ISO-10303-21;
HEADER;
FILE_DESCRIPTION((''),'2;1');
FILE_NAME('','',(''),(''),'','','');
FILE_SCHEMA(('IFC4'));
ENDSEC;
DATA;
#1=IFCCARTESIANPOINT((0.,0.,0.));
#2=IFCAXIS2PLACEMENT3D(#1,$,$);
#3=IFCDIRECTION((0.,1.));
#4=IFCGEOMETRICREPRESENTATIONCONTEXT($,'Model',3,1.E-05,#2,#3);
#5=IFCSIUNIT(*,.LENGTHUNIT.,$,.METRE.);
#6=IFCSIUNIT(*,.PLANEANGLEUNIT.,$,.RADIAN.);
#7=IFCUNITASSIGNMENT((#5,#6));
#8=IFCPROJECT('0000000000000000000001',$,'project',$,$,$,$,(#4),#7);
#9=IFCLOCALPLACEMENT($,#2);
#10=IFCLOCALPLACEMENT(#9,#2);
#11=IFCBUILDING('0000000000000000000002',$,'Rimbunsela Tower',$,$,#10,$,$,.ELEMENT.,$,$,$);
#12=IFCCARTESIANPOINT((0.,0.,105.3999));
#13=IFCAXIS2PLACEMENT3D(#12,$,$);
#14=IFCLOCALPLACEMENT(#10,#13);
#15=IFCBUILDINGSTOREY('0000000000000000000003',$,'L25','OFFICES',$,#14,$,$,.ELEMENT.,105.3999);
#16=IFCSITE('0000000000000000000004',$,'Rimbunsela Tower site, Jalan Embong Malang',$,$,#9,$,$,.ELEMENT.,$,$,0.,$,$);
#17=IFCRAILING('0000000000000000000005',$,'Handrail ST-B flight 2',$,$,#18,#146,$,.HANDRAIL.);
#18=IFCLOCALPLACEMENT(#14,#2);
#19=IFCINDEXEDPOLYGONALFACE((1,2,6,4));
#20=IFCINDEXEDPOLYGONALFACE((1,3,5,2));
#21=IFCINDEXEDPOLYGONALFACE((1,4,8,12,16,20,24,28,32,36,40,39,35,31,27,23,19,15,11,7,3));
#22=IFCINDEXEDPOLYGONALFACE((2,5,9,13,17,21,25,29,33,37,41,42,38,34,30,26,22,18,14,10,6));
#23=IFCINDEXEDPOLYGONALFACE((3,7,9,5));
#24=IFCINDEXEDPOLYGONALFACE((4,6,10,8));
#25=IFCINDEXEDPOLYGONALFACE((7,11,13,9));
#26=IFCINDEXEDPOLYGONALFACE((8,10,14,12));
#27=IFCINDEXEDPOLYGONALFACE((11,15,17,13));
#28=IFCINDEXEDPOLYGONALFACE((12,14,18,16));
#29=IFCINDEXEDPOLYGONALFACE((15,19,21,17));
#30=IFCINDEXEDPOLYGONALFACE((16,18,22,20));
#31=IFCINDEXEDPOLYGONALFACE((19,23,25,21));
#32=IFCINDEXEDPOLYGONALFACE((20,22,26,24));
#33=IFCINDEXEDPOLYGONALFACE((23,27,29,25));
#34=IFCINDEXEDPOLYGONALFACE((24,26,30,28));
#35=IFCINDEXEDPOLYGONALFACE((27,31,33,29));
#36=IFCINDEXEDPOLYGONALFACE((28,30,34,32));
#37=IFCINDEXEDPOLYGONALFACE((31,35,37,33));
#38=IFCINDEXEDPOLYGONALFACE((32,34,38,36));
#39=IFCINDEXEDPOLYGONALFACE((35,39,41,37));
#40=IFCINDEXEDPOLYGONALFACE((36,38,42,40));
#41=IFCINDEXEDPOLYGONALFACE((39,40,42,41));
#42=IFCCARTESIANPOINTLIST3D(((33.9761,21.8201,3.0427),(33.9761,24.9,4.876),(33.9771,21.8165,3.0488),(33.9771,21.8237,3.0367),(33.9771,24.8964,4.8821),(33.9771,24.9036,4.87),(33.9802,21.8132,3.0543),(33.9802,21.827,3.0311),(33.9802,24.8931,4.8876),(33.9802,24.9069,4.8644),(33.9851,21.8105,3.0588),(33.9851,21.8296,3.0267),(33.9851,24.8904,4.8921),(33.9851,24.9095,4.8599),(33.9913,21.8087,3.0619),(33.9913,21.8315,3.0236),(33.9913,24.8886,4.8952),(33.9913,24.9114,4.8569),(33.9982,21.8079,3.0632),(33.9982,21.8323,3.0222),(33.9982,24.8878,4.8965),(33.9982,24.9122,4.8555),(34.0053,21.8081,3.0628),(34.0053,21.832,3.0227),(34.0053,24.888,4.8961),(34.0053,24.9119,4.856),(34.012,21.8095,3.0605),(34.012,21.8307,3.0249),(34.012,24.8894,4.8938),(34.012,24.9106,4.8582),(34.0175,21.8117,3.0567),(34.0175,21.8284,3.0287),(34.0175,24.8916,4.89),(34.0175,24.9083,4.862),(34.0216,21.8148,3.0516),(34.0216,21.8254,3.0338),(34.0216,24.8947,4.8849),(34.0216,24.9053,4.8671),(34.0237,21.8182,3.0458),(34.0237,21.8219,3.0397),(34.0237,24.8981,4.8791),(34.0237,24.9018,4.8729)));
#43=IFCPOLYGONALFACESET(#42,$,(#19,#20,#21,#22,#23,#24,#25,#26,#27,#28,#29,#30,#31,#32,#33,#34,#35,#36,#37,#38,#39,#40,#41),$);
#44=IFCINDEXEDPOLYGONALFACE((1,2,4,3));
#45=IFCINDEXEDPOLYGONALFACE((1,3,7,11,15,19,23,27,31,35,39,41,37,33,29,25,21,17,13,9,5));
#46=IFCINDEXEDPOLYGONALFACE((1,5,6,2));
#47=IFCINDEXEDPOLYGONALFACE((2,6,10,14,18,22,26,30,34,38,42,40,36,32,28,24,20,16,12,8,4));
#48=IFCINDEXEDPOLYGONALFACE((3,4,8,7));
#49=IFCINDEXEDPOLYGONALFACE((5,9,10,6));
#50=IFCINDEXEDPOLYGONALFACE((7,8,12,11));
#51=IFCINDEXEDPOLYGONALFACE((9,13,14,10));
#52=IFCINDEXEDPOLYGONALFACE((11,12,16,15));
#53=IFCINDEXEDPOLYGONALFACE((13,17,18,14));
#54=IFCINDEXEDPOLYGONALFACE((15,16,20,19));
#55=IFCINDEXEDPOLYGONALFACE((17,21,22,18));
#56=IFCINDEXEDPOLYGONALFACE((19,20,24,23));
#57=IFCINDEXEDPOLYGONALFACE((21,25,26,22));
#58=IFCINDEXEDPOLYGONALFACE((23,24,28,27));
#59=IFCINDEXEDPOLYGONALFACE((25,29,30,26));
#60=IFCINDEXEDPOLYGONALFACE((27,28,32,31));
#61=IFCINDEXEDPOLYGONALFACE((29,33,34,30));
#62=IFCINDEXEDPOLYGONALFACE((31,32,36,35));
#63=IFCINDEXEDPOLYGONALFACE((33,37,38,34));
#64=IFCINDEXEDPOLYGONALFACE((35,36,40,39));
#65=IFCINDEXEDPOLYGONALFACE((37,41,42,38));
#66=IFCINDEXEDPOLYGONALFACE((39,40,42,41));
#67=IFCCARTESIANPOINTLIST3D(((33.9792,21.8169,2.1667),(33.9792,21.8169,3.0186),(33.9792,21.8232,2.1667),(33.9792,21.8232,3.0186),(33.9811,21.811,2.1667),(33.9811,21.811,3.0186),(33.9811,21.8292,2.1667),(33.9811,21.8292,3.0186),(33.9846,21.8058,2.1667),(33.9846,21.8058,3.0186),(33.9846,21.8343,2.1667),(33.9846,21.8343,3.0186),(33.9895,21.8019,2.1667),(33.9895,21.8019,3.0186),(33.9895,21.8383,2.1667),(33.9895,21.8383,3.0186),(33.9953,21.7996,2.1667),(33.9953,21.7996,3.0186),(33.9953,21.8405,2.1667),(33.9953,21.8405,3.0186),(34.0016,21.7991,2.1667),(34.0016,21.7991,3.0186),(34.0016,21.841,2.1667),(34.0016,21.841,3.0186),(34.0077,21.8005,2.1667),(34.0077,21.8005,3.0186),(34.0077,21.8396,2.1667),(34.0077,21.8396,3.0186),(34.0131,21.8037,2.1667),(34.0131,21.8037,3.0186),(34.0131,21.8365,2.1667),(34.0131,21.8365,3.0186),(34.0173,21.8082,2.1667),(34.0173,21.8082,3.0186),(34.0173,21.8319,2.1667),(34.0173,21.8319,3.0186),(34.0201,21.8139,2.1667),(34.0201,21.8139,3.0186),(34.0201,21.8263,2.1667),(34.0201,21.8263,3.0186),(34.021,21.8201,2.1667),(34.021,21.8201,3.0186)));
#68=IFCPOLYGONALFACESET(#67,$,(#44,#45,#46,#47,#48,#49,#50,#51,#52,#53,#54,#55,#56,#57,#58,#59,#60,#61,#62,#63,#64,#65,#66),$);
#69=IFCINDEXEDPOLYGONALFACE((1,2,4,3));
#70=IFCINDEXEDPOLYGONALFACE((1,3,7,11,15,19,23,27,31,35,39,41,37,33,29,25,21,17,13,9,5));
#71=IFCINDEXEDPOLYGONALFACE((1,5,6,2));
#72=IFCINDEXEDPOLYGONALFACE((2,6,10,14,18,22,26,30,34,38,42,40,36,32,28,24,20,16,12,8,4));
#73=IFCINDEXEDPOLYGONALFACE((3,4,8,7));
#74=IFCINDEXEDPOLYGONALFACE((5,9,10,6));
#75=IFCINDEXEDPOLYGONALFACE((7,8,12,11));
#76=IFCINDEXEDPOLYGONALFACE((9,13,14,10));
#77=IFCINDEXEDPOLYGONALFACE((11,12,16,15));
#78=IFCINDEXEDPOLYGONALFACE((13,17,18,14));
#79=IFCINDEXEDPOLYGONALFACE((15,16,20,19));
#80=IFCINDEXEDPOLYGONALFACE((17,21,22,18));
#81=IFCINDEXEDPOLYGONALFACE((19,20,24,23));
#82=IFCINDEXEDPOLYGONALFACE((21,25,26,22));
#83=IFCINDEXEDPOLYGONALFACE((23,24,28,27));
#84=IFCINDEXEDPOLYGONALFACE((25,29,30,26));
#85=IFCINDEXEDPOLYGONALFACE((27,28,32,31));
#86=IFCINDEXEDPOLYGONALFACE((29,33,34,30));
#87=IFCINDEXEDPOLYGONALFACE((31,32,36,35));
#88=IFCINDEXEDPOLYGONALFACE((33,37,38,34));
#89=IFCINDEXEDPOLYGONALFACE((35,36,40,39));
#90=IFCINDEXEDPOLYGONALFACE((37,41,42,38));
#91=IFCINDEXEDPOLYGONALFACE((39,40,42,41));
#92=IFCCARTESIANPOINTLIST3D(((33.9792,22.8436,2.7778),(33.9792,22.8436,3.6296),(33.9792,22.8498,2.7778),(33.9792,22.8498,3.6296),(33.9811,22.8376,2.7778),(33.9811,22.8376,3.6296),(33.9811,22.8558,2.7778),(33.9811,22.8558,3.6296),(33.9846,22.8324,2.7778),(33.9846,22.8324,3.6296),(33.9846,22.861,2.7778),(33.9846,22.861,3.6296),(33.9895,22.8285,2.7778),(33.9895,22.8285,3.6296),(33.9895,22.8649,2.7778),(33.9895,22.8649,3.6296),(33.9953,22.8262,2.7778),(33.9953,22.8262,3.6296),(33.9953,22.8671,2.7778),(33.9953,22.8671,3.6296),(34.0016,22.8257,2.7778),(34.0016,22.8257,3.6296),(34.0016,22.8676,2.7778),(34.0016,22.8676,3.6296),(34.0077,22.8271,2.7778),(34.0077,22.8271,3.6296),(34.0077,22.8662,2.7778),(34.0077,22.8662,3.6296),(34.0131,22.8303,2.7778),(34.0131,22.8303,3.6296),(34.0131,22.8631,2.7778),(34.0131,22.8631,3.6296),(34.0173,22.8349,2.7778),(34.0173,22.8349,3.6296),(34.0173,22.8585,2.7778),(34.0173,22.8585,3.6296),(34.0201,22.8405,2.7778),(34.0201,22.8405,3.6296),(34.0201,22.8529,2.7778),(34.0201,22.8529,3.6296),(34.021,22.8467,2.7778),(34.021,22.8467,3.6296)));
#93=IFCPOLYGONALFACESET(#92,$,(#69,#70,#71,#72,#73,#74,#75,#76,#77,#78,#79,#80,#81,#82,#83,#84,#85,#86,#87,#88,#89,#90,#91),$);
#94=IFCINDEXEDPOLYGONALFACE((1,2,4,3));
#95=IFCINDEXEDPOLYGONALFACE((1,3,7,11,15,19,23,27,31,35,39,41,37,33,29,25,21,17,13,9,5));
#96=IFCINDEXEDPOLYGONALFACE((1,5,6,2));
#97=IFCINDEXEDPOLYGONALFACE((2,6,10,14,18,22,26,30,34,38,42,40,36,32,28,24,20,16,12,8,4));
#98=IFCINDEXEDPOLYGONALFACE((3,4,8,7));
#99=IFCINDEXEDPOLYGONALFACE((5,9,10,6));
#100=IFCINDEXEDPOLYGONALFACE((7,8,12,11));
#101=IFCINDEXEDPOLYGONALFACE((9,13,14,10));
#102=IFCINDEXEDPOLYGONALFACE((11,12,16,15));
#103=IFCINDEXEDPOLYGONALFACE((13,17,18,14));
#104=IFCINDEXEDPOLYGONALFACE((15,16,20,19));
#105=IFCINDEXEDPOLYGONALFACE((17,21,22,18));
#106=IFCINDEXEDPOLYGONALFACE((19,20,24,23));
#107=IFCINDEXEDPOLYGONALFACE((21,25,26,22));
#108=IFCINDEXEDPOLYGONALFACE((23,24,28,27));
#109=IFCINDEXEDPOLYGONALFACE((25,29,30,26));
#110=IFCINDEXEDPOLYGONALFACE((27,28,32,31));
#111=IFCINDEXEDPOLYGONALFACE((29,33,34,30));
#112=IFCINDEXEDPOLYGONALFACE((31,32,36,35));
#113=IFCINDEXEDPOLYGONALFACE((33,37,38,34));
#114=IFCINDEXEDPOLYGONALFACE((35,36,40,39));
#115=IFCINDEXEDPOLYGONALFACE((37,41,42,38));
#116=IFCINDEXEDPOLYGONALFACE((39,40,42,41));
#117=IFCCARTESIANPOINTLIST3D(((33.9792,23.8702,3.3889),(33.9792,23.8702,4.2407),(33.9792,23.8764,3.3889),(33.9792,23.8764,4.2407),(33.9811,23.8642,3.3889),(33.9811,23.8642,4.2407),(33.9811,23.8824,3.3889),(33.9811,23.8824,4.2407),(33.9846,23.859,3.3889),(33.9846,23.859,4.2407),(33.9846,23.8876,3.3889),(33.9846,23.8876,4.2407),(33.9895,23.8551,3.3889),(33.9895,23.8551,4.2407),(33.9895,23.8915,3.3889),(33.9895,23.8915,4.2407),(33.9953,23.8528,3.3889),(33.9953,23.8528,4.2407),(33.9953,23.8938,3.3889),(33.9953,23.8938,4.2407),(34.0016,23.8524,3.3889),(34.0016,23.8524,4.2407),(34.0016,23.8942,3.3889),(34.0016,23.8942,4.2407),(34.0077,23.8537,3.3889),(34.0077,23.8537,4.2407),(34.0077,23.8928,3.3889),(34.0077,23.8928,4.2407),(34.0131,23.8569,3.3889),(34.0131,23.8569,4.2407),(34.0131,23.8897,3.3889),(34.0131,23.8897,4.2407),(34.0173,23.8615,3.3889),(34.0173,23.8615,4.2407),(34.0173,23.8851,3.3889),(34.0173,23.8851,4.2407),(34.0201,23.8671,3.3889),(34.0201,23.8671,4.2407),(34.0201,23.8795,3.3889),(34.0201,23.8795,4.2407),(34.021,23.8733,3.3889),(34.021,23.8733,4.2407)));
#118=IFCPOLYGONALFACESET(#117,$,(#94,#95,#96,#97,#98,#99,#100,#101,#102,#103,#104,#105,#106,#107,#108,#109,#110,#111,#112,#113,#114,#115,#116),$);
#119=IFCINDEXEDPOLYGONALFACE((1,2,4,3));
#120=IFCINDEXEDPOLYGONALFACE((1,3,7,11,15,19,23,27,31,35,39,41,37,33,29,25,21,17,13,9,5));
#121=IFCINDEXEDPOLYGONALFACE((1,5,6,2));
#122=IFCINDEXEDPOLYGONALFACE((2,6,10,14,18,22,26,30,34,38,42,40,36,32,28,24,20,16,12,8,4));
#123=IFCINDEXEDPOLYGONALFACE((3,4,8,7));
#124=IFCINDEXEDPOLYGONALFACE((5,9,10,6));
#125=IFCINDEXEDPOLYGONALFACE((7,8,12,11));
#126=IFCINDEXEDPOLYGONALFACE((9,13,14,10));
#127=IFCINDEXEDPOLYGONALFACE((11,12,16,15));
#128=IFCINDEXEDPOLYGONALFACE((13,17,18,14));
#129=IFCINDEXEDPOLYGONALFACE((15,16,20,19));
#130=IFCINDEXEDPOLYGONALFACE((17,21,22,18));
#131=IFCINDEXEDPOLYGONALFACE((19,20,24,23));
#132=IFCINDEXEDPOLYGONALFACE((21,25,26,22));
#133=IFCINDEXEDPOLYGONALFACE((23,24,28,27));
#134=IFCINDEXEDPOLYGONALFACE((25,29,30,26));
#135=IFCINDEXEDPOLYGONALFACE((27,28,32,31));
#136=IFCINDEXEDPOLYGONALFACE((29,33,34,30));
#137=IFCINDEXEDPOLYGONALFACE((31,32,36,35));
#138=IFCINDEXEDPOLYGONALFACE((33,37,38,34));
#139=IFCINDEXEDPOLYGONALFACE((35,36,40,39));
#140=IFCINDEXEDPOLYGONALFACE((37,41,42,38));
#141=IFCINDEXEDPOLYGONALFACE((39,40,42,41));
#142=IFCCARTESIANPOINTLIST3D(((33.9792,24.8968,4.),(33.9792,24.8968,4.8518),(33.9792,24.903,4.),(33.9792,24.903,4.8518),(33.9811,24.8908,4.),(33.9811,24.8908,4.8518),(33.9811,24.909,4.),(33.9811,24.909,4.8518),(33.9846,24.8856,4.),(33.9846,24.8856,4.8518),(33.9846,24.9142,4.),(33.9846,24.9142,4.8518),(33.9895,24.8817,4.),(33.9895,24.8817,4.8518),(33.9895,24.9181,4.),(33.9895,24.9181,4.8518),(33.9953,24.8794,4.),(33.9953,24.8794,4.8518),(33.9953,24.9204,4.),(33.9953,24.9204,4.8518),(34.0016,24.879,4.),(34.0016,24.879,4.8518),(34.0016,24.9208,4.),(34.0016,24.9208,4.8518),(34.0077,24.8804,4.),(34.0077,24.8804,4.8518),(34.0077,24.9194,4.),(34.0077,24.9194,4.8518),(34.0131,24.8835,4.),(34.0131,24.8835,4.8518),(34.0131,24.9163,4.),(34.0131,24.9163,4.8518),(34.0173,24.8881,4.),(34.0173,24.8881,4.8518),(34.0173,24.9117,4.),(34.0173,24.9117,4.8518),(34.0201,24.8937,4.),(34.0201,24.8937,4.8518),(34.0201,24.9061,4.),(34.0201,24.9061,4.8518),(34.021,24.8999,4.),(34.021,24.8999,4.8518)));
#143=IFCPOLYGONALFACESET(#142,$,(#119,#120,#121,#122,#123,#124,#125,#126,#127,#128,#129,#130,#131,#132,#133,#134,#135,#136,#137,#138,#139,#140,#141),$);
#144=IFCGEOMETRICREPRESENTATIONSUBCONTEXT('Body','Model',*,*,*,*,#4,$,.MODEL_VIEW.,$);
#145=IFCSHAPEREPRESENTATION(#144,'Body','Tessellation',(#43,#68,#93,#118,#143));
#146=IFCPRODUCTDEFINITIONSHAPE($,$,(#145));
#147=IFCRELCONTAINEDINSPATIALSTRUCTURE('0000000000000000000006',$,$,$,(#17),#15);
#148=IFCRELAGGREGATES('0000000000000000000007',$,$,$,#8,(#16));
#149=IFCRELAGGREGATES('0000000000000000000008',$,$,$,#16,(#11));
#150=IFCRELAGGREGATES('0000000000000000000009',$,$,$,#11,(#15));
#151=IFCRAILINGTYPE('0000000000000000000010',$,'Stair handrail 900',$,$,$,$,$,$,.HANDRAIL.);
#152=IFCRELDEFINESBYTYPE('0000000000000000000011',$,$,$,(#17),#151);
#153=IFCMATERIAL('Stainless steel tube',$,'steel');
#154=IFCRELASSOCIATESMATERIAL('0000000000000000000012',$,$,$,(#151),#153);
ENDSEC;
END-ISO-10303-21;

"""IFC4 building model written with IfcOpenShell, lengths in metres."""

from ifc_helpers import new_model, si_unit, direction, frame, origin, origin_2d, place, context, subcontext, project, spatial, circle, extrude, material, type_object, element, save


model = new_model("IFC4")

# Units and contexts
model_context = context("Model", 3, precision=1e-05, world=origin(), true_north=direction((0.0, 1.0)))
body_context = subcontext(model_context, "Body", "Model", "MODEL_VIEW")
ifc_project = project(units=[si_unit("LENGTHUNIT", "METRE"), si_unit("PLANEANGLEUNIT", "RADIAN")], contexts=[model_context])

# Site, building, storey
site_placement = place(None, origin())
site = spatial("IfcSite", under=ifc_project, at=site_placement, Name="Rimbunsela Tower site, Jalan Embong Malang", CompositionType="ELEMENT", RefElevation=0.0)
building_placement = place(site_placement, origin())
building = spatial("IfcBuilding", under=site, at=building_placement, Name="Rimbunsela Tower", CompositionType="ELEMENT")
storey_placement = place(building_placement, frame((0.0, 0.0, 105.3999)))
storey = spatial("IfcBuildingStorey", under=building, at=storey_placement, Name="L25", Description="OFFICES", CompositionType="ELEMENT", Elevation=105.3999)

# Railing
ifc_material_1 = material(Name="Stainless steel tube", Category="steel")
railing_type = type_object("IfcRailingType", Name="Stair handrail 900", PredefinedType="HANDRAIL", material=ifc_material_1)
railing_1_placement = place(storey_placement, frame((34.0, 21.8201, 2.1667)))
element("IfcRailing", 1, at=railing_1_placement, inside=storey, type_object=railing_type, Name="Handrail ST-B flight 2", PredefinedType="HANDRAIL", context=body_context, shape_type="SweptSolid", body=[
    extrude(circle(Radius=0.0239, at=origin_2d()), frame((0.0, 0.0, 0.876), z_axis=(0.0, 0.859291, 0.511487), x_axis=(-1.0, 0.0, 0.0)), (0.0, 0.0, 1.0), 3.5842),
    extrude(circle(Radius=0.021, at=origin_2d()), origin(), (0.0, 0.0, 1.0), 0.8518),
    extrude(circle(Radius=0.021, at=origin_2d()), frame((0.0, 1.0266, 0.6111)), (0.0, 0.0, 1.0), 0.8518),
    extrude(circle(Radius=0.021, at=origin_2d()), frame((0.0, 2.0532, 1.2222)), (0.0, 0.0, 1.0), 0.8518),
    extrude(circle(Radius=0.021, at=origin_2d()), frame((0.0, 3.0798, 1.8333)), (0.0, 0.0, 1.0), 0.8518),
])

save(model, "model.ifc")
